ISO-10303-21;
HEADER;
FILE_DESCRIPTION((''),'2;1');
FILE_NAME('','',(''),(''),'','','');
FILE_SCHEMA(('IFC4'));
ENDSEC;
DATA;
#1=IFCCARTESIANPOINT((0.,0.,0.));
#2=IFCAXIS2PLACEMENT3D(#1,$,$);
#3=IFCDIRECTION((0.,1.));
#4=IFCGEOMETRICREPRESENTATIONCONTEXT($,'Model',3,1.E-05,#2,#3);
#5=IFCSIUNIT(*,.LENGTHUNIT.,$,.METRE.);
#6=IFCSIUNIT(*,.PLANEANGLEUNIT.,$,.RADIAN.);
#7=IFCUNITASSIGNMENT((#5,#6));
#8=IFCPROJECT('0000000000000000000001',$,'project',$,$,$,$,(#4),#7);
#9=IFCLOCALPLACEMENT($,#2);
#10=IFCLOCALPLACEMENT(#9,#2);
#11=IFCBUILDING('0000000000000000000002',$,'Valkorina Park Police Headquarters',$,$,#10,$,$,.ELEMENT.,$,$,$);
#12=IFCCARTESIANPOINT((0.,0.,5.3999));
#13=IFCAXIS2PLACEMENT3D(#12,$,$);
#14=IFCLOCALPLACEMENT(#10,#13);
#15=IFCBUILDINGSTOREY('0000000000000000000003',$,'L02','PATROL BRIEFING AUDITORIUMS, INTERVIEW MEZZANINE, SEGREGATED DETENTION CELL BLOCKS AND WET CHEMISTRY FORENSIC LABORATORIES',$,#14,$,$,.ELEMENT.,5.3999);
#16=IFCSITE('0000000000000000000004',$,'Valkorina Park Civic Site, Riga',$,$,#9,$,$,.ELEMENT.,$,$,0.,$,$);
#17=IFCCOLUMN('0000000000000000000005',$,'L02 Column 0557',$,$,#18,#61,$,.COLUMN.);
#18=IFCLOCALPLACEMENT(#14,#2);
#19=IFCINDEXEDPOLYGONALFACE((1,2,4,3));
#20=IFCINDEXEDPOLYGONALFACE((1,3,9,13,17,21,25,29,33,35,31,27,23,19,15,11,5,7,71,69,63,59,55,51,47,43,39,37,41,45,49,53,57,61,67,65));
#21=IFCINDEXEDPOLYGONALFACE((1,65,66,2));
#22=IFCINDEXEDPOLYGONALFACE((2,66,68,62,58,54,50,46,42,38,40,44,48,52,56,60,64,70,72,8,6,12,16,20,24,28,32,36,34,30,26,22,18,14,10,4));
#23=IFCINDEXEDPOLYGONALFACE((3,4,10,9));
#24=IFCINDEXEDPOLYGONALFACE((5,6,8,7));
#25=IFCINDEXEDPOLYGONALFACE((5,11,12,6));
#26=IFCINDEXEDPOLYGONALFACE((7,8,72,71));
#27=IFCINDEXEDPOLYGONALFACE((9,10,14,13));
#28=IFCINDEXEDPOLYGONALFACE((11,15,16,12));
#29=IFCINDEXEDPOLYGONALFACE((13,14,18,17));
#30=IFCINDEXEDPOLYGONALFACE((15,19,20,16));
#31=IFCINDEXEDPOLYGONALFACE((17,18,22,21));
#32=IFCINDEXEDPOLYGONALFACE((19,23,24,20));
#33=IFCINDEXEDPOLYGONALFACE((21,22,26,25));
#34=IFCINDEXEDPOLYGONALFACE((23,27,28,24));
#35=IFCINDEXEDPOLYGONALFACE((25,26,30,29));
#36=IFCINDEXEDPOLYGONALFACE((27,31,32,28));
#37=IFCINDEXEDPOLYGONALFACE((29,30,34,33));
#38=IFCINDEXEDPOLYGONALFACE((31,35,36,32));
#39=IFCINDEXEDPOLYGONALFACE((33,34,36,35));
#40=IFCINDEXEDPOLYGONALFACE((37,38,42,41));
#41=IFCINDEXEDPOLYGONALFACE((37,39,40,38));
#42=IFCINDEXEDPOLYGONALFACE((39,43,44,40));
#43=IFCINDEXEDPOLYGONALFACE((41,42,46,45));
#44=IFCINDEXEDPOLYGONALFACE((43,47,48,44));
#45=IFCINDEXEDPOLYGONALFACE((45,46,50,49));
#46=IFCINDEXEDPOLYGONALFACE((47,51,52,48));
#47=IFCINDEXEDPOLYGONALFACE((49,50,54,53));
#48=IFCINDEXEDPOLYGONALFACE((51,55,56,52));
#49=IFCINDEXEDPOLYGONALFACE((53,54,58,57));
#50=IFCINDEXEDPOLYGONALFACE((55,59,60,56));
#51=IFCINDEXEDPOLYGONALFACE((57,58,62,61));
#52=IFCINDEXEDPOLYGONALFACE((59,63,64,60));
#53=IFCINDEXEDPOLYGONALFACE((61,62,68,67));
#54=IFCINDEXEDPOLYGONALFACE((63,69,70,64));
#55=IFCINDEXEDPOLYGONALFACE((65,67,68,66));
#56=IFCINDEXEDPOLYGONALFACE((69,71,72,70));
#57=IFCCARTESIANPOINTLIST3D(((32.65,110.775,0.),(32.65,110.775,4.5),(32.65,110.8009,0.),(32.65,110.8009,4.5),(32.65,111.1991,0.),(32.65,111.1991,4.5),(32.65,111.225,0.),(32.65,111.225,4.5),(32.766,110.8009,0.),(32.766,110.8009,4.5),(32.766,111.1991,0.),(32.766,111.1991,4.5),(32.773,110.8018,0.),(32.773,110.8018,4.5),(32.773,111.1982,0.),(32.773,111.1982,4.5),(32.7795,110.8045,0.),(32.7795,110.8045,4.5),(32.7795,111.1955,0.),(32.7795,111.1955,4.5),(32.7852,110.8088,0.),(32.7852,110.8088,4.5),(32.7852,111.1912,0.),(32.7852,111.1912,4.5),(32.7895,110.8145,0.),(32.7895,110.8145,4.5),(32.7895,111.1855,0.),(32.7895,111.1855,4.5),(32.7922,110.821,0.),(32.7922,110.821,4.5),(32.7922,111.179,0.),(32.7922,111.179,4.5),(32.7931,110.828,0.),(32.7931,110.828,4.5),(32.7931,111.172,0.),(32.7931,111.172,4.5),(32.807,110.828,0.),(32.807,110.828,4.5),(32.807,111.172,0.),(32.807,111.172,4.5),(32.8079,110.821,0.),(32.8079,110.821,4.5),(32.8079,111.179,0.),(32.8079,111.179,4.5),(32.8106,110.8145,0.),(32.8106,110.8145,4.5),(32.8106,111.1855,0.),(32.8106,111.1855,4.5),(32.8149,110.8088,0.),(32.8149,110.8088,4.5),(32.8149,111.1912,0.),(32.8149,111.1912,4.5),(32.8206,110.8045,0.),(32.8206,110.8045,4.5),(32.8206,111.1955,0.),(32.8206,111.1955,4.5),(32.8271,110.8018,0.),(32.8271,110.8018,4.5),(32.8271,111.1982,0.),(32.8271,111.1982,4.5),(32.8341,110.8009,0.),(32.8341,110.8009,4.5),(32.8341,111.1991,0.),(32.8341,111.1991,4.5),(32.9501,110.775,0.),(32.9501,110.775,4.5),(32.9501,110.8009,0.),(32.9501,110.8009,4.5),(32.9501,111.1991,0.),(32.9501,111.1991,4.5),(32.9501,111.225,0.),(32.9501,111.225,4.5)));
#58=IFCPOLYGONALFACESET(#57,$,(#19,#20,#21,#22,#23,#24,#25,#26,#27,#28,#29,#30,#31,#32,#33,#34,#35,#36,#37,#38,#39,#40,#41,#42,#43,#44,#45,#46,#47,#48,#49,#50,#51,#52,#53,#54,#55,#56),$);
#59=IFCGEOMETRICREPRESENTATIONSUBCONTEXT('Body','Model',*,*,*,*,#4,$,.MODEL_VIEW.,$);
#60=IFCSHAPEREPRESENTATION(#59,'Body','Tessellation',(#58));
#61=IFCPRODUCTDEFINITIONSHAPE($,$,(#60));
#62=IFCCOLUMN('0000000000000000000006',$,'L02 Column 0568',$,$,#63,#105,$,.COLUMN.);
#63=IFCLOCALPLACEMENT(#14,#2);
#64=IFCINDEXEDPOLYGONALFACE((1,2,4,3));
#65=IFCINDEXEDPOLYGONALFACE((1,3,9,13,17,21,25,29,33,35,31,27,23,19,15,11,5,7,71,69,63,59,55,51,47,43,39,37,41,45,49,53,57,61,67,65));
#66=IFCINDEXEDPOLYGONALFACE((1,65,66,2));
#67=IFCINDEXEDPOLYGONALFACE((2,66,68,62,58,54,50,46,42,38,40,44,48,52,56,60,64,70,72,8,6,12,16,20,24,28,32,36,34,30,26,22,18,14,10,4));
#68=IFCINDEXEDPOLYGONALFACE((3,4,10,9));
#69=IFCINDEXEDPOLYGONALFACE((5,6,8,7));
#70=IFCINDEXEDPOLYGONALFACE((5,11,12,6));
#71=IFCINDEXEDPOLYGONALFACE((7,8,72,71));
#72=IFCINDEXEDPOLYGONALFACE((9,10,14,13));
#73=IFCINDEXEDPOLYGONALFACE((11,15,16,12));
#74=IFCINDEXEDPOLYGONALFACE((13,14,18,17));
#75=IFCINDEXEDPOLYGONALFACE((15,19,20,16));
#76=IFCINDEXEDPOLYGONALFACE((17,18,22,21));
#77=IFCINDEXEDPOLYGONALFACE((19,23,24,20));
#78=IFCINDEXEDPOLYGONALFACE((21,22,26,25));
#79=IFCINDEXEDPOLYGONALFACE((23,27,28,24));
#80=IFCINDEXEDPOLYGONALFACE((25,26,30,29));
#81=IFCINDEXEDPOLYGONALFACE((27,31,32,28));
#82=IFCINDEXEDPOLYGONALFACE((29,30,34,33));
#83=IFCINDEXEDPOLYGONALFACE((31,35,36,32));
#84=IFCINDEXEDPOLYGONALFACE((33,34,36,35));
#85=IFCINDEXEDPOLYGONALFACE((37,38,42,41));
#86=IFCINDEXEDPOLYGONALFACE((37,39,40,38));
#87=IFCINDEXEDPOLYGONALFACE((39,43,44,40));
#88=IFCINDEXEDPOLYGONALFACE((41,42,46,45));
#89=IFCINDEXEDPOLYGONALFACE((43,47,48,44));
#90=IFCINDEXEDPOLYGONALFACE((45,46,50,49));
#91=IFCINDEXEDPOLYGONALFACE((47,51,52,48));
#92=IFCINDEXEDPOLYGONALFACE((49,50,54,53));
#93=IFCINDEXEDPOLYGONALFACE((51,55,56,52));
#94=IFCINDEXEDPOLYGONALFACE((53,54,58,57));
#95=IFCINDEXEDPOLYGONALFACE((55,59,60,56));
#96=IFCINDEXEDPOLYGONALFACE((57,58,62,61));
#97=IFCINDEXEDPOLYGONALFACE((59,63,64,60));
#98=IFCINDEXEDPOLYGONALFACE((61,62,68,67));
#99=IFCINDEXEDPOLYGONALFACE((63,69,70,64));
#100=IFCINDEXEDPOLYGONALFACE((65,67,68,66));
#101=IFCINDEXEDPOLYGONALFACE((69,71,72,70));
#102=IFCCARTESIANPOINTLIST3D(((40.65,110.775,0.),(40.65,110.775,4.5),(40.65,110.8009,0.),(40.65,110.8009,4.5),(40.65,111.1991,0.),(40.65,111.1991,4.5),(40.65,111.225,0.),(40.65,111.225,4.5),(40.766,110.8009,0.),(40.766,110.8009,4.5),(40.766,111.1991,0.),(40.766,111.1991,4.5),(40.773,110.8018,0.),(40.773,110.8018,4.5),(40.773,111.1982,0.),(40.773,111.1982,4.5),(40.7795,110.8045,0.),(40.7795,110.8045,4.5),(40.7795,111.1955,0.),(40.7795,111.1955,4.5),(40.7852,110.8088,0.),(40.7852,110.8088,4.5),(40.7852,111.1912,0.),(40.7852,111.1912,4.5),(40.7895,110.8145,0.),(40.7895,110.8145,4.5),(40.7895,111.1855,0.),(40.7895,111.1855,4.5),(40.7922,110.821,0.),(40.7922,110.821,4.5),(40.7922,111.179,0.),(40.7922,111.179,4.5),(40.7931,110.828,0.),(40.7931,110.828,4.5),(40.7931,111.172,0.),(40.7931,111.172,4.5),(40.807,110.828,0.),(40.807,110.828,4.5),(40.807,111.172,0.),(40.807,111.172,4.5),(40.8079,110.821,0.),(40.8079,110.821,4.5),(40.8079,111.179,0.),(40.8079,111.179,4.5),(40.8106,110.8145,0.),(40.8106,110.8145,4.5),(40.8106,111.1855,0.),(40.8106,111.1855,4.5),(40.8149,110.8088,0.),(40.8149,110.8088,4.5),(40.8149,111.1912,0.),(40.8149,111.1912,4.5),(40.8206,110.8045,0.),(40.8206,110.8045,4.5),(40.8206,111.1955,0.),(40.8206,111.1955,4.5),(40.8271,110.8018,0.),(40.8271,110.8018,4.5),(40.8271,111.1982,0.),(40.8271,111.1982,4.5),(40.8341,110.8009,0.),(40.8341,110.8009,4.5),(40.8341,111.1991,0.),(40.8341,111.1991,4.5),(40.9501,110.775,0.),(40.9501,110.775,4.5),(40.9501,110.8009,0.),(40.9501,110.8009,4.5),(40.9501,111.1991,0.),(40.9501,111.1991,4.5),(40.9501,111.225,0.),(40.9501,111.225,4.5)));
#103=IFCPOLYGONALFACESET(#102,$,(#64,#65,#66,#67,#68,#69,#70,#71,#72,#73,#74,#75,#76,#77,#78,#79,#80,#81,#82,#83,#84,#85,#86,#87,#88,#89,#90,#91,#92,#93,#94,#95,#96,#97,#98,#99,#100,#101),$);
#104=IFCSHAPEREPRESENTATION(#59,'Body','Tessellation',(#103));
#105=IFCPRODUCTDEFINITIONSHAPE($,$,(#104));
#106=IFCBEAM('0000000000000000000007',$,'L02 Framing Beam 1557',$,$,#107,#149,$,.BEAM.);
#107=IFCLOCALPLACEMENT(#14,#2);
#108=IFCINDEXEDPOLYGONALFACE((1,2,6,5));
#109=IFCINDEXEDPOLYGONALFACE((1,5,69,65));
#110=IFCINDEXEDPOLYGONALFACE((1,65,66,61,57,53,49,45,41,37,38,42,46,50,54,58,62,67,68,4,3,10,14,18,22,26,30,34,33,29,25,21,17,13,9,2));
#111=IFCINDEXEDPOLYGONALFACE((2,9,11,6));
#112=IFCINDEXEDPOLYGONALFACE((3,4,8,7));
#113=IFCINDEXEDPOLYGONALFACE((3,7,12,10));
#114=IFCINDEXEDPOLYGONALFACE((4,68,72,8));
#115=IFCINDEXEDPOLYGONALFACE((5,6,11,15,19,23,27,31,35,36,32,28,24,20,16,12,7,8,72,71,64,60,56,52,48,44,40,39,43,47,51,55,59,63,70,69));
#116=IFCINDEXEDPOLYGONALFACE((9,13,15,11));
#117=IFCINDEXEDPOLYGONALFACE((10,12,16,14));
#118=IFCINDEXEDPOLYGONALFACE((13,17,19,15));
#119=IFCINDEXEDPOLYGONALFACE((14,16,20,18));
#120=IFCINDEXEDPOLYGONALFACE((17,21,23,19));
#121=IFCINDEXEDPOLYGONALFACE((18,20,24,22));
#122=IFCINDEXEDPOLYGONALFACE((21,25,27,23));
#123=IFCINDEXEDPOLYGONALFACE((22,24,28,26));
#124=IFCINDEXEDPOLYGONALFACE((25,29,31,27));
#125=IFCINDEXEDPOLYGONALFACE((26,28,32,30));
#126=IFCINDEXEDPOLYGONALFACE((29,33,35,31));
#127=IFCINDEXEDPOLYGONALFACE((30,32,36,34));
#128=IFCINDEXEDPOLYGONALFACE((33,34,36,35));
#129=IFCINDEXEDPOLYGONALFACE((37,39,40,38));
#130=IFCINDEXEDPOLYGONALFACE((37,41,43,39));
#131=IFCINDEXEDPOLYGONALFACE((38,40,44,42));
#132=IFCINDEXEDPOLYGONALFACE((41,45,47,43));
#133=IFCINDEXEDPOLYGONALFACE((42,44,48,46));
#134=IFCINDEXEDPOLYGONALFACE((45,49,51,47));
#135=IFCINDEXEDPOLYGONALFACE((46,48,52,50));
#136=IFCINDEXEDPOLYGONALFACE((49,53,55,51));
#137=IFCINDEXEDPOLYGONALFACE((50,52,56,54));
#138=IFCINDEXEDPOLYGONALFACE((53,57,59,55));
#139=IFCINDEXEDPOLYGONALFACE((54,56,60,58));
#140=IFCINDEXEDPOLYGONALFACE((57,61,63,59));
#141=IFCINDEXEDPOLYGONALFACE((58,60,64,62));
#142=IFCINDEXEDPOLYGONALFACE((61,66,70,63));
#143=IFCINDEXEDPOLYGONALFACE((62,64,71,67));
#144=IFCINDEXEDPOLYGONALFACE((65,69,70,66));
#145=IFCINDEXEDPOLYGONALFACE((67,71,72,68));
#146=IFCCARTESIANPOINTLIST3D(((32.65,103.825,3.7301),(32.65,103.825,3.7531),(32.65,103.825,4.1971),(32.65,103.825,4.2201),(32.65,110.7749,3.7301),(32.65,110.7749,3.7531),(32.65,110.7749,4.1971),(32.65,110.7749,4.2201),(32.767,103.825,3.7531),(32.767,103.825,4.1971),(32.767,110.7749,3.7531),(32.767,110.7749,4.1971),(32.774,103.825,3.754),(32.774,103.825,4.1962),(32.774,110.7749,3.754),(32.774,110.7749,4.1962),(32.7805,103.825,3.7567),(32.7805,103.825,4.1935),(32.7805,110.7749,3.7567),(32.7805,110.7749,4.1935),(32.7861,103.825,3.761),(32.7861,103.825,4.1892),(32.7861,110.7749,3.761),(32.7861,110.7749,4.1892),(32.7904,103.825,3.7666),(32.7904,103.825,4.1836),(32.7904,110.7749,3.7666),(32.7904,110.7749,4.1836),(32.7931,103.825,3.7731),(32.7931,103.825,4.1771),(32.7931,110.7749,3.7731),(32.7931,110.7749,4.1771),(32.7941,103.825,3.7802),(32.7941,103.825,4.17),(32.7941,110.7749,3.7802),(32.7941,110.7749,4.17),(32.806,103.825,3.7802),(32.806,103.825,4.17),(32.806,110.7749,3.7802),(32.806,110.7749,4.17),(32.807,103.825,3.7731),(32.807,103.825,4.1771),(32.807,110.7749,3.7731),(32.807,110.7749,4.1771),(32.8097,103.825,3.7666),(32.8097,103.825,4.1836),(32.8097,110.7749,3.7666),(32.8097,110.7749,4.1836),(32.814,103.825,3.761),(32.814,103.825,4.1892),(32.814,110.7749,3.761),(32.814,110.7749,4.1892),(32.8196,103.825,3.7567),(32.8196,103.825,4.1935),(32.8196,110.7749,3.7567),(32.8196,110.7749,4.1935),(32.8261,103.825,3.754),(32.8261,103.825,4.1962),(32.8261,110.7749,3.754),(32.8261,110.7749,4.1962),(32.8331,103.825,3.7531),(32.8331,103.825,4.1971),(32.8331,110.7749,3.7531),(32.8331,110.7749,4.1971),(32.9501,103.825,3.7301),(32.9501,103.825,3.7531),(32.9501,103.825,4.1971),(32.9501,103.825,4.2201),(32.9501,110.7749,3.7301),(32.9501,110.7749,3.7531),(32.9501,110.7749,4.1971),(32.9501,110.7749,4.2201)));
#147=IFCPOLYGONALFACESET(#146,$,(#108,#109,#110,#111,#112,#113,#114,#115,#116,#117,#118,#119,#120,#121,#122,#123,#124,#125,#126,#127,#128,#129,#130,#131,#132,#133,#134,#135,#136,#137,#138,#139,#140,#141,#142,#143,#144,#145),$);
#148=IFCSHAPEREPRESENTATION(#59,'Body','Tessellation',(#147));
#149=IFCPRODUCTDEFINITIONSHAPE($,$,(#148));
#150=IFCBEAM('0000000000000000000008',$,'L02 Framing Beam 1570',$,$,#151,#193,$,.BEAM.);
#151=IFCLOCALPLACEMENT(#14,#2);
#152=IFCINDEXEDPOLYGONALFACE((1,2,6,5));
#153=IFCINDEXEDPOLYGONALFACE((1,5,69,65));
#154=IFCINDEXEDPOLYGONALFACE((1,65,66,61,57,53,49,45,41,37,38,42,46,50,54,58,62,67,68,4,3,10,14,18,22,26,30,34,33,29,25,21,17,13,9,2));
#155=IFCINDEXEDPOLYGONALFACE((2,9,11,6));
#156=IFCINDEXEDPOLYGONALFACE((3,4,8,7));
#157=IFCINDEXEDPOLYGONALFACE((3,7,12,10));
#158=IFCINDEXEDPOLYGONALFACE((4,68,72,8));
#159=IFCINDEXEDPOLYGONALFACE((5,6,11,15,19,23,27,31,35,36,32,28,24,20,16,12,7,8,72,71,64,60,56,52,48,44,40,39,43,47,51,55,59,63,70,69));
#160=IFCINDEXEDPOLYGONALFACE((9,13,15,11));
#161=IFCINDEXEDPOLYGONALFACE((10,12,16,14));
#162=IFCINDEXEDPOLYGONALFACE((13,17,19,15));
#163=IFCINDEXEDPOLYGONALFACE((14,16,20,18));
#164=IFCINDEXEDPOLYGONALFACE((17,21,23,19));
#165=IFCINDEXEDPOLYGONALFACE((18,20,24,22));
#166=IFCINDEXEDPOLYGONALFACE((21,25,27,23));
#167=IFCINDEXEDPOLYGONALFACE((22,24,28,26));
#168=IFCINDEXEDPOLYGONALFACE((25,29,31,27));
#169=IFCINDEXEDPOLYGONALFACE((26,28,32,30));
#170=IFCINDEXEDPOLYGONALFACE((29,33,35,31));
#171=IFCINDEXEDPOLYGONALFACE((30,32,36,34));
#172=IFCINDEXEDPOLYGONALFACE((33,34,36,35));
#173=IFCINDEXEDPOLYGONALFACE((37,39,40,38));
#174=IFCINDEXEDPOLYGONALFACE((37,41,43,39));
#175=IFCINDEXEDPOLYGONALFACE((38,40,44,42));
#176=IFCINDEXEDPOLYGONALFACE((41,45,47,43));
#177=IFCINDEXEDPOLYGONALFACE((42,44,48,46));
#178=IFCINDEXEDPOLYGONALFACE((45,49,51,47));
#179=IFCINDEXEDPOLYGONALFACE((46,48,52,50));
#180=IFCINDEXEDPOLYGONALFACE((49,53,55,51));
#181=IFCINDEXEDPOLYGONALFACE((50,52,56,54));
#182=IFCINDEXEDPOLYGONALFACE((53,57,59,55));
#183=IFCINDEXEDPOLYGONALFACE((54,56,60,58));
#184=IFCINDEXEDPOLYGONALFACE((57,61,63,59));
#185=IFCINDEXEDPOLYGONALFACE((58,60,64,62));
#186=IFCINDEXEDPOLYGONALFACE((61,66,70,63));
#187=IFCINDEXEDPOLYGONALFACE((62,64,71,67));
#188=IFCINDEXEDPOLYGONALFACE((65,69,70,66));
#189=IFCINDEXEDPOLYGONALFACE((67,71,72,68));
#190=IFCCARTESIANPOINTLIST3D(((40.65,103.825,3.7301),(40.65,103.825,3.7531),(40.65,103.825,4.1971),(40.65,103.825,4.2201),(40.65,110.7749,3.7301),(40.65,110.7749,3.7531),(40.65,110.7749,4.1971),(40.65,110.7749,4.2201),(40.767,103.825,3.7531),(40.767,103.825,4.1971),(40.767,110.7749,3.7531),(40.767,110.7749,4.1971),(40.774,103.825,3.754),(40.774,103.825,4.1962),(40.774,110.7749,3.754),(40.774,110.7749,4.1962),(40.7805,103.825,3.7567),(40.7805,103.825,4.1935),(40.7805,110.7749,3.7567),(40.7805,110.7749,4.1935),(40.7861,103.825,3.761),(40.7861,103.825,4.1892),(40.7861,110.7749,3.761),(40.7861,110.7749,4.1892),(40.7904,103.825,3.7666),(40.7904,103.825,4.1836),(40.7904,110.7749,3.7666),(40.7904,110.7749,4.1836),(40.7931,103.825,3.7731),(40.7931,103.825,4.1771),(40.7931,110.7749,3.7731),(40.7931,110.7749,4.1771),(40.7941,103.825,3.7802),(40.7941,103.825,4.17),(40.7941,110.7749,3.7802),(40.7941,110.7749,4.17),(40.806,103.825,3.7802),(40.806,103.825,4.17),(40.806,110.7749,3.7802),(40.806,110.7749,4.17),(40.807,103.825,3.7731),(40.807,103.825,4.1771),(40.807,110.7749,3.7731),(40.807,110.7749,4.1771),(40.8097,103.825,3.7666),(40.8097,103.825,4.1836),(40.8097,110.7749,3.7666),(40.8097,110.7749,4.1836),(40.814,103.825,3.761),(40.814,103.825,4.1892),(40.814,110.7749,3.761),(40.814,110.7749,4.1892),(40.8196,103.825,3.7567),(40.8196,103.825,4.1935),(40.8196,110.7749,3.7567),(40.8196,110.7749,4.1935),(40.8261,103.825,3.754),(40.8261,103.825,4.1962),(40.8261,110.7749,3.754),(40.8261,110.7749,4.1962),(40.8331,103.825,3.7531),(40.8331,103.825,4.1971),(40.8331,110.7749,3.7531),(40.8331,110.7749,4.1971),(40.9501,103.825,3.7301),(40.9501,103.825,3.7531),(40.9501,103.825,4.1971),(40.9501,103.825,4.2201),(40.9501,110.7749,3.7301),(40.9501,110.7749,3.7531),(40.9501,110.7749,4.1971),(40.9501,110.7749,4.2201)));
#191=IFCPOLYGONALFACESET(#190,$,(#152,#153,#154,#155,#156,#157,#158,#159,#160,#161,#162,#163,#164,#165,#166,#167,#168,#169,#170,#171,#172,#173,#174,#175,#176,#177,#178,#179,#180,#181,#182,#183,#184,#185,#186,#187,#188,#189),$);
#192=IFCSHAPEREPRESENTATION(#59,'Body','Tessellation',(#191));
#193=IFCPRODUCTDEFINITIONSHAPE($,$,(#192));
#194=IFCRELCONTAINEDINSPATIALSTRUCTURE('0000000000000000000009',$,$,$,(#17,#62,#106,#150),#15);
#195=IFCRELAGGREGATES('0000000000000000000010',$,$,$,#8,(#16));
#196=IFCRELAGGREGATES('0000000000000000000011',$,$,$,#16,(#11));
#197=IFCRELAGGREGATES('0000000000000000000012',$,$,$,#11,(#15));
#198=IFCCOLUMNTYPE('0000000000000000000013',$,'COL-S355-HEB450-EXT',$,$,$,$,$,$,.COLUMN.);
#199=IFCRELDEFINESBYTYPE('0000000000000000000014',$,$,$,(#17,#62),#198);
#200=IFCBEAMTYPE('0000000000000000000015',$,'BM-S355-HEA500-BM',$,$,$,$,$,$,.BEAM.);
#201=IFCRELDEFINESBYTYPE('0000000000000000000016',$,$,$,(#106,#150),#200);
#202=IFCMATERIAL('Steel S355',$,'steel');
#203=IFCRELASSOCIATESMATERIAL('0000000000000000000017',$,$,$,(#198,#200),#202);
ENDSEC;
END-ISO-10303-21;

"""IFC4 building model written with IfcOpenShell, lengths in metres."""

from ifc_helpers import new_model, si_unit, direction, frame, origin, origin_2d, place, context, subcontext, project, spatial, i_section, extrude, material, material_profile, profile_set, type_object, element, save


model = new_model("IFC4")

# Units and contexts
model_context = context("Model", 3, precision=1e-05, world=origin(), true_north=direction((0.0, 1.0)))
body_context = subcontext(model_context, "Body", "Model", "MODEL_VIEW")
ifc_project = project(units=[si_unit("LENGTHUNIT", "METRE"), si_unit("PLANEANGLEUNIT", "RADIAN")], contexts=[model_context])

# Site, building, storey
site_placement = place(None, origin())
site = spatial("IfcSite", under=ifc_project, at=site_placement, Name="Valkorina Park Civic Site, Riga", CompositionType="ELEMENT", RefElevation=0.0)
building_placement = place(site_placement, origin())
building = spatial("IfcBuilding", under=site, at=building_placement, Name="Valkorina Park Police Headquarters", CompositionType="ELEMENT")
storey_placement = place(building_placement, frame((0.0, 0.0, 5.3999)))
storey = spatial("IfcBuildingStorey", under=building, at=storey_placement, Name="L02", Description="PATROL BRIEFING AUDITORIUMS, INTERVIEW MEZZANINE, SEGREGATED DETENTION CELL BLOCKS AND WET CHEMISTRY FORENSIC LABORATORIES", CompositionType="ELEMENT", Elevation=5.3999)

# Columns
ifc_material_1 = material(Name="Steel S355", Category="steel")
ifc_material_profile_1 = material_profile(ifc_material_1, i_section(OverallWidth=0.3, OverallDepth=0.45, WebThickness=0.0139, FlangeThickness=0.0259, FilletRadius=0.0271, at=origin_2d()), Name="HEB 450")
ifc_profile_set_1 = profile_set([ifc_material_profile_1], Name="Steel S355")
column_type = type_object("IfcColumnType", Name="COL-S355-HEB450-EXT", PredefinedType="COLUMN", material=ifc_profile_set_1)
for number, where, z_axis, x_axis, name in (
    (1, (32.8, 111.0, 0.0), (0.0, 0.0, 1.0), (1.0, 0.0, 0.0), "L02 Column 0557"),
    (2, (40.8, 111.0, 0.0), (0.0, 0.0, 1.0), (1.0, 0.0, 0.0), "L02 Column 0568"),
):
    element("IfcColumn", number, at=place(storey_placement, frame(where, z_axis=z_axis, x_axis=x_axis)), inside=storey, type_object=column_type, Name=name, PredefinedType="COLUMN", context=body_context, shape_type="SweptSolid", body=[
        extrude(i_section(OverallWidth=0.3, OverallDepth=0.45, WebThickness=0.0139, FlangeThickness=0.0259, FilletRadius=0.0271, at=origin_2d()), origin(), (0.0, 0.0, 1.0), 4.5),
    ])

# Beams
ifc_material_profile_2 = material_profile(ifc_material_1, i_section(OverallWidth=0.3, OverallDepth=0.49, WebThickness=0.012, FlangeThickness=0.0229, FilletRadius=0.0271, at=origin_2d()), Name="HEA 500")
ifc_profile_set_2 = profile_set([ifc_material_profile_2], Name="Steel S355")
beam_type_1 = type_object("IfcBeamType", Name="BM-S355-HEA500-BM", PredefinedType="BEAM", material=ifc_profile_set_2)
for number, where, z_axis, x_axis, name in (
    (3, (32.8, 103.825, 3.9751), (0.0, 1.0, 0.0), (-1.0, 0.0, 0.0), "L02 Framing Beam 1557"),
    (4, (40.8, 103.825, 3.9751), (0.0, 1.0, 0.0), (-1.0, 0.0, 0.0), "L02 Framing Beam 1570"),
):
    element("IfcBeam", number, at=place(storey_placement, frame(where, z_axis=z_axis, x_axis=x_axis)), inside=storey, type_object=beam_type_1, Name=name, PredefinedType="BEAM", context=body_context, shape_type="SweptSolid", body=[
        extrude(i_section(OverallWidth=0.3, OverallDepth=0.49, WebThickness=0.012, FlangeThickness=0.0229, FilletRadius=0.0271, at=origin_2d()), origin(), (0.0, 0.0, 1.0), 6.95),
    ])

save(model, "model.ifc")
